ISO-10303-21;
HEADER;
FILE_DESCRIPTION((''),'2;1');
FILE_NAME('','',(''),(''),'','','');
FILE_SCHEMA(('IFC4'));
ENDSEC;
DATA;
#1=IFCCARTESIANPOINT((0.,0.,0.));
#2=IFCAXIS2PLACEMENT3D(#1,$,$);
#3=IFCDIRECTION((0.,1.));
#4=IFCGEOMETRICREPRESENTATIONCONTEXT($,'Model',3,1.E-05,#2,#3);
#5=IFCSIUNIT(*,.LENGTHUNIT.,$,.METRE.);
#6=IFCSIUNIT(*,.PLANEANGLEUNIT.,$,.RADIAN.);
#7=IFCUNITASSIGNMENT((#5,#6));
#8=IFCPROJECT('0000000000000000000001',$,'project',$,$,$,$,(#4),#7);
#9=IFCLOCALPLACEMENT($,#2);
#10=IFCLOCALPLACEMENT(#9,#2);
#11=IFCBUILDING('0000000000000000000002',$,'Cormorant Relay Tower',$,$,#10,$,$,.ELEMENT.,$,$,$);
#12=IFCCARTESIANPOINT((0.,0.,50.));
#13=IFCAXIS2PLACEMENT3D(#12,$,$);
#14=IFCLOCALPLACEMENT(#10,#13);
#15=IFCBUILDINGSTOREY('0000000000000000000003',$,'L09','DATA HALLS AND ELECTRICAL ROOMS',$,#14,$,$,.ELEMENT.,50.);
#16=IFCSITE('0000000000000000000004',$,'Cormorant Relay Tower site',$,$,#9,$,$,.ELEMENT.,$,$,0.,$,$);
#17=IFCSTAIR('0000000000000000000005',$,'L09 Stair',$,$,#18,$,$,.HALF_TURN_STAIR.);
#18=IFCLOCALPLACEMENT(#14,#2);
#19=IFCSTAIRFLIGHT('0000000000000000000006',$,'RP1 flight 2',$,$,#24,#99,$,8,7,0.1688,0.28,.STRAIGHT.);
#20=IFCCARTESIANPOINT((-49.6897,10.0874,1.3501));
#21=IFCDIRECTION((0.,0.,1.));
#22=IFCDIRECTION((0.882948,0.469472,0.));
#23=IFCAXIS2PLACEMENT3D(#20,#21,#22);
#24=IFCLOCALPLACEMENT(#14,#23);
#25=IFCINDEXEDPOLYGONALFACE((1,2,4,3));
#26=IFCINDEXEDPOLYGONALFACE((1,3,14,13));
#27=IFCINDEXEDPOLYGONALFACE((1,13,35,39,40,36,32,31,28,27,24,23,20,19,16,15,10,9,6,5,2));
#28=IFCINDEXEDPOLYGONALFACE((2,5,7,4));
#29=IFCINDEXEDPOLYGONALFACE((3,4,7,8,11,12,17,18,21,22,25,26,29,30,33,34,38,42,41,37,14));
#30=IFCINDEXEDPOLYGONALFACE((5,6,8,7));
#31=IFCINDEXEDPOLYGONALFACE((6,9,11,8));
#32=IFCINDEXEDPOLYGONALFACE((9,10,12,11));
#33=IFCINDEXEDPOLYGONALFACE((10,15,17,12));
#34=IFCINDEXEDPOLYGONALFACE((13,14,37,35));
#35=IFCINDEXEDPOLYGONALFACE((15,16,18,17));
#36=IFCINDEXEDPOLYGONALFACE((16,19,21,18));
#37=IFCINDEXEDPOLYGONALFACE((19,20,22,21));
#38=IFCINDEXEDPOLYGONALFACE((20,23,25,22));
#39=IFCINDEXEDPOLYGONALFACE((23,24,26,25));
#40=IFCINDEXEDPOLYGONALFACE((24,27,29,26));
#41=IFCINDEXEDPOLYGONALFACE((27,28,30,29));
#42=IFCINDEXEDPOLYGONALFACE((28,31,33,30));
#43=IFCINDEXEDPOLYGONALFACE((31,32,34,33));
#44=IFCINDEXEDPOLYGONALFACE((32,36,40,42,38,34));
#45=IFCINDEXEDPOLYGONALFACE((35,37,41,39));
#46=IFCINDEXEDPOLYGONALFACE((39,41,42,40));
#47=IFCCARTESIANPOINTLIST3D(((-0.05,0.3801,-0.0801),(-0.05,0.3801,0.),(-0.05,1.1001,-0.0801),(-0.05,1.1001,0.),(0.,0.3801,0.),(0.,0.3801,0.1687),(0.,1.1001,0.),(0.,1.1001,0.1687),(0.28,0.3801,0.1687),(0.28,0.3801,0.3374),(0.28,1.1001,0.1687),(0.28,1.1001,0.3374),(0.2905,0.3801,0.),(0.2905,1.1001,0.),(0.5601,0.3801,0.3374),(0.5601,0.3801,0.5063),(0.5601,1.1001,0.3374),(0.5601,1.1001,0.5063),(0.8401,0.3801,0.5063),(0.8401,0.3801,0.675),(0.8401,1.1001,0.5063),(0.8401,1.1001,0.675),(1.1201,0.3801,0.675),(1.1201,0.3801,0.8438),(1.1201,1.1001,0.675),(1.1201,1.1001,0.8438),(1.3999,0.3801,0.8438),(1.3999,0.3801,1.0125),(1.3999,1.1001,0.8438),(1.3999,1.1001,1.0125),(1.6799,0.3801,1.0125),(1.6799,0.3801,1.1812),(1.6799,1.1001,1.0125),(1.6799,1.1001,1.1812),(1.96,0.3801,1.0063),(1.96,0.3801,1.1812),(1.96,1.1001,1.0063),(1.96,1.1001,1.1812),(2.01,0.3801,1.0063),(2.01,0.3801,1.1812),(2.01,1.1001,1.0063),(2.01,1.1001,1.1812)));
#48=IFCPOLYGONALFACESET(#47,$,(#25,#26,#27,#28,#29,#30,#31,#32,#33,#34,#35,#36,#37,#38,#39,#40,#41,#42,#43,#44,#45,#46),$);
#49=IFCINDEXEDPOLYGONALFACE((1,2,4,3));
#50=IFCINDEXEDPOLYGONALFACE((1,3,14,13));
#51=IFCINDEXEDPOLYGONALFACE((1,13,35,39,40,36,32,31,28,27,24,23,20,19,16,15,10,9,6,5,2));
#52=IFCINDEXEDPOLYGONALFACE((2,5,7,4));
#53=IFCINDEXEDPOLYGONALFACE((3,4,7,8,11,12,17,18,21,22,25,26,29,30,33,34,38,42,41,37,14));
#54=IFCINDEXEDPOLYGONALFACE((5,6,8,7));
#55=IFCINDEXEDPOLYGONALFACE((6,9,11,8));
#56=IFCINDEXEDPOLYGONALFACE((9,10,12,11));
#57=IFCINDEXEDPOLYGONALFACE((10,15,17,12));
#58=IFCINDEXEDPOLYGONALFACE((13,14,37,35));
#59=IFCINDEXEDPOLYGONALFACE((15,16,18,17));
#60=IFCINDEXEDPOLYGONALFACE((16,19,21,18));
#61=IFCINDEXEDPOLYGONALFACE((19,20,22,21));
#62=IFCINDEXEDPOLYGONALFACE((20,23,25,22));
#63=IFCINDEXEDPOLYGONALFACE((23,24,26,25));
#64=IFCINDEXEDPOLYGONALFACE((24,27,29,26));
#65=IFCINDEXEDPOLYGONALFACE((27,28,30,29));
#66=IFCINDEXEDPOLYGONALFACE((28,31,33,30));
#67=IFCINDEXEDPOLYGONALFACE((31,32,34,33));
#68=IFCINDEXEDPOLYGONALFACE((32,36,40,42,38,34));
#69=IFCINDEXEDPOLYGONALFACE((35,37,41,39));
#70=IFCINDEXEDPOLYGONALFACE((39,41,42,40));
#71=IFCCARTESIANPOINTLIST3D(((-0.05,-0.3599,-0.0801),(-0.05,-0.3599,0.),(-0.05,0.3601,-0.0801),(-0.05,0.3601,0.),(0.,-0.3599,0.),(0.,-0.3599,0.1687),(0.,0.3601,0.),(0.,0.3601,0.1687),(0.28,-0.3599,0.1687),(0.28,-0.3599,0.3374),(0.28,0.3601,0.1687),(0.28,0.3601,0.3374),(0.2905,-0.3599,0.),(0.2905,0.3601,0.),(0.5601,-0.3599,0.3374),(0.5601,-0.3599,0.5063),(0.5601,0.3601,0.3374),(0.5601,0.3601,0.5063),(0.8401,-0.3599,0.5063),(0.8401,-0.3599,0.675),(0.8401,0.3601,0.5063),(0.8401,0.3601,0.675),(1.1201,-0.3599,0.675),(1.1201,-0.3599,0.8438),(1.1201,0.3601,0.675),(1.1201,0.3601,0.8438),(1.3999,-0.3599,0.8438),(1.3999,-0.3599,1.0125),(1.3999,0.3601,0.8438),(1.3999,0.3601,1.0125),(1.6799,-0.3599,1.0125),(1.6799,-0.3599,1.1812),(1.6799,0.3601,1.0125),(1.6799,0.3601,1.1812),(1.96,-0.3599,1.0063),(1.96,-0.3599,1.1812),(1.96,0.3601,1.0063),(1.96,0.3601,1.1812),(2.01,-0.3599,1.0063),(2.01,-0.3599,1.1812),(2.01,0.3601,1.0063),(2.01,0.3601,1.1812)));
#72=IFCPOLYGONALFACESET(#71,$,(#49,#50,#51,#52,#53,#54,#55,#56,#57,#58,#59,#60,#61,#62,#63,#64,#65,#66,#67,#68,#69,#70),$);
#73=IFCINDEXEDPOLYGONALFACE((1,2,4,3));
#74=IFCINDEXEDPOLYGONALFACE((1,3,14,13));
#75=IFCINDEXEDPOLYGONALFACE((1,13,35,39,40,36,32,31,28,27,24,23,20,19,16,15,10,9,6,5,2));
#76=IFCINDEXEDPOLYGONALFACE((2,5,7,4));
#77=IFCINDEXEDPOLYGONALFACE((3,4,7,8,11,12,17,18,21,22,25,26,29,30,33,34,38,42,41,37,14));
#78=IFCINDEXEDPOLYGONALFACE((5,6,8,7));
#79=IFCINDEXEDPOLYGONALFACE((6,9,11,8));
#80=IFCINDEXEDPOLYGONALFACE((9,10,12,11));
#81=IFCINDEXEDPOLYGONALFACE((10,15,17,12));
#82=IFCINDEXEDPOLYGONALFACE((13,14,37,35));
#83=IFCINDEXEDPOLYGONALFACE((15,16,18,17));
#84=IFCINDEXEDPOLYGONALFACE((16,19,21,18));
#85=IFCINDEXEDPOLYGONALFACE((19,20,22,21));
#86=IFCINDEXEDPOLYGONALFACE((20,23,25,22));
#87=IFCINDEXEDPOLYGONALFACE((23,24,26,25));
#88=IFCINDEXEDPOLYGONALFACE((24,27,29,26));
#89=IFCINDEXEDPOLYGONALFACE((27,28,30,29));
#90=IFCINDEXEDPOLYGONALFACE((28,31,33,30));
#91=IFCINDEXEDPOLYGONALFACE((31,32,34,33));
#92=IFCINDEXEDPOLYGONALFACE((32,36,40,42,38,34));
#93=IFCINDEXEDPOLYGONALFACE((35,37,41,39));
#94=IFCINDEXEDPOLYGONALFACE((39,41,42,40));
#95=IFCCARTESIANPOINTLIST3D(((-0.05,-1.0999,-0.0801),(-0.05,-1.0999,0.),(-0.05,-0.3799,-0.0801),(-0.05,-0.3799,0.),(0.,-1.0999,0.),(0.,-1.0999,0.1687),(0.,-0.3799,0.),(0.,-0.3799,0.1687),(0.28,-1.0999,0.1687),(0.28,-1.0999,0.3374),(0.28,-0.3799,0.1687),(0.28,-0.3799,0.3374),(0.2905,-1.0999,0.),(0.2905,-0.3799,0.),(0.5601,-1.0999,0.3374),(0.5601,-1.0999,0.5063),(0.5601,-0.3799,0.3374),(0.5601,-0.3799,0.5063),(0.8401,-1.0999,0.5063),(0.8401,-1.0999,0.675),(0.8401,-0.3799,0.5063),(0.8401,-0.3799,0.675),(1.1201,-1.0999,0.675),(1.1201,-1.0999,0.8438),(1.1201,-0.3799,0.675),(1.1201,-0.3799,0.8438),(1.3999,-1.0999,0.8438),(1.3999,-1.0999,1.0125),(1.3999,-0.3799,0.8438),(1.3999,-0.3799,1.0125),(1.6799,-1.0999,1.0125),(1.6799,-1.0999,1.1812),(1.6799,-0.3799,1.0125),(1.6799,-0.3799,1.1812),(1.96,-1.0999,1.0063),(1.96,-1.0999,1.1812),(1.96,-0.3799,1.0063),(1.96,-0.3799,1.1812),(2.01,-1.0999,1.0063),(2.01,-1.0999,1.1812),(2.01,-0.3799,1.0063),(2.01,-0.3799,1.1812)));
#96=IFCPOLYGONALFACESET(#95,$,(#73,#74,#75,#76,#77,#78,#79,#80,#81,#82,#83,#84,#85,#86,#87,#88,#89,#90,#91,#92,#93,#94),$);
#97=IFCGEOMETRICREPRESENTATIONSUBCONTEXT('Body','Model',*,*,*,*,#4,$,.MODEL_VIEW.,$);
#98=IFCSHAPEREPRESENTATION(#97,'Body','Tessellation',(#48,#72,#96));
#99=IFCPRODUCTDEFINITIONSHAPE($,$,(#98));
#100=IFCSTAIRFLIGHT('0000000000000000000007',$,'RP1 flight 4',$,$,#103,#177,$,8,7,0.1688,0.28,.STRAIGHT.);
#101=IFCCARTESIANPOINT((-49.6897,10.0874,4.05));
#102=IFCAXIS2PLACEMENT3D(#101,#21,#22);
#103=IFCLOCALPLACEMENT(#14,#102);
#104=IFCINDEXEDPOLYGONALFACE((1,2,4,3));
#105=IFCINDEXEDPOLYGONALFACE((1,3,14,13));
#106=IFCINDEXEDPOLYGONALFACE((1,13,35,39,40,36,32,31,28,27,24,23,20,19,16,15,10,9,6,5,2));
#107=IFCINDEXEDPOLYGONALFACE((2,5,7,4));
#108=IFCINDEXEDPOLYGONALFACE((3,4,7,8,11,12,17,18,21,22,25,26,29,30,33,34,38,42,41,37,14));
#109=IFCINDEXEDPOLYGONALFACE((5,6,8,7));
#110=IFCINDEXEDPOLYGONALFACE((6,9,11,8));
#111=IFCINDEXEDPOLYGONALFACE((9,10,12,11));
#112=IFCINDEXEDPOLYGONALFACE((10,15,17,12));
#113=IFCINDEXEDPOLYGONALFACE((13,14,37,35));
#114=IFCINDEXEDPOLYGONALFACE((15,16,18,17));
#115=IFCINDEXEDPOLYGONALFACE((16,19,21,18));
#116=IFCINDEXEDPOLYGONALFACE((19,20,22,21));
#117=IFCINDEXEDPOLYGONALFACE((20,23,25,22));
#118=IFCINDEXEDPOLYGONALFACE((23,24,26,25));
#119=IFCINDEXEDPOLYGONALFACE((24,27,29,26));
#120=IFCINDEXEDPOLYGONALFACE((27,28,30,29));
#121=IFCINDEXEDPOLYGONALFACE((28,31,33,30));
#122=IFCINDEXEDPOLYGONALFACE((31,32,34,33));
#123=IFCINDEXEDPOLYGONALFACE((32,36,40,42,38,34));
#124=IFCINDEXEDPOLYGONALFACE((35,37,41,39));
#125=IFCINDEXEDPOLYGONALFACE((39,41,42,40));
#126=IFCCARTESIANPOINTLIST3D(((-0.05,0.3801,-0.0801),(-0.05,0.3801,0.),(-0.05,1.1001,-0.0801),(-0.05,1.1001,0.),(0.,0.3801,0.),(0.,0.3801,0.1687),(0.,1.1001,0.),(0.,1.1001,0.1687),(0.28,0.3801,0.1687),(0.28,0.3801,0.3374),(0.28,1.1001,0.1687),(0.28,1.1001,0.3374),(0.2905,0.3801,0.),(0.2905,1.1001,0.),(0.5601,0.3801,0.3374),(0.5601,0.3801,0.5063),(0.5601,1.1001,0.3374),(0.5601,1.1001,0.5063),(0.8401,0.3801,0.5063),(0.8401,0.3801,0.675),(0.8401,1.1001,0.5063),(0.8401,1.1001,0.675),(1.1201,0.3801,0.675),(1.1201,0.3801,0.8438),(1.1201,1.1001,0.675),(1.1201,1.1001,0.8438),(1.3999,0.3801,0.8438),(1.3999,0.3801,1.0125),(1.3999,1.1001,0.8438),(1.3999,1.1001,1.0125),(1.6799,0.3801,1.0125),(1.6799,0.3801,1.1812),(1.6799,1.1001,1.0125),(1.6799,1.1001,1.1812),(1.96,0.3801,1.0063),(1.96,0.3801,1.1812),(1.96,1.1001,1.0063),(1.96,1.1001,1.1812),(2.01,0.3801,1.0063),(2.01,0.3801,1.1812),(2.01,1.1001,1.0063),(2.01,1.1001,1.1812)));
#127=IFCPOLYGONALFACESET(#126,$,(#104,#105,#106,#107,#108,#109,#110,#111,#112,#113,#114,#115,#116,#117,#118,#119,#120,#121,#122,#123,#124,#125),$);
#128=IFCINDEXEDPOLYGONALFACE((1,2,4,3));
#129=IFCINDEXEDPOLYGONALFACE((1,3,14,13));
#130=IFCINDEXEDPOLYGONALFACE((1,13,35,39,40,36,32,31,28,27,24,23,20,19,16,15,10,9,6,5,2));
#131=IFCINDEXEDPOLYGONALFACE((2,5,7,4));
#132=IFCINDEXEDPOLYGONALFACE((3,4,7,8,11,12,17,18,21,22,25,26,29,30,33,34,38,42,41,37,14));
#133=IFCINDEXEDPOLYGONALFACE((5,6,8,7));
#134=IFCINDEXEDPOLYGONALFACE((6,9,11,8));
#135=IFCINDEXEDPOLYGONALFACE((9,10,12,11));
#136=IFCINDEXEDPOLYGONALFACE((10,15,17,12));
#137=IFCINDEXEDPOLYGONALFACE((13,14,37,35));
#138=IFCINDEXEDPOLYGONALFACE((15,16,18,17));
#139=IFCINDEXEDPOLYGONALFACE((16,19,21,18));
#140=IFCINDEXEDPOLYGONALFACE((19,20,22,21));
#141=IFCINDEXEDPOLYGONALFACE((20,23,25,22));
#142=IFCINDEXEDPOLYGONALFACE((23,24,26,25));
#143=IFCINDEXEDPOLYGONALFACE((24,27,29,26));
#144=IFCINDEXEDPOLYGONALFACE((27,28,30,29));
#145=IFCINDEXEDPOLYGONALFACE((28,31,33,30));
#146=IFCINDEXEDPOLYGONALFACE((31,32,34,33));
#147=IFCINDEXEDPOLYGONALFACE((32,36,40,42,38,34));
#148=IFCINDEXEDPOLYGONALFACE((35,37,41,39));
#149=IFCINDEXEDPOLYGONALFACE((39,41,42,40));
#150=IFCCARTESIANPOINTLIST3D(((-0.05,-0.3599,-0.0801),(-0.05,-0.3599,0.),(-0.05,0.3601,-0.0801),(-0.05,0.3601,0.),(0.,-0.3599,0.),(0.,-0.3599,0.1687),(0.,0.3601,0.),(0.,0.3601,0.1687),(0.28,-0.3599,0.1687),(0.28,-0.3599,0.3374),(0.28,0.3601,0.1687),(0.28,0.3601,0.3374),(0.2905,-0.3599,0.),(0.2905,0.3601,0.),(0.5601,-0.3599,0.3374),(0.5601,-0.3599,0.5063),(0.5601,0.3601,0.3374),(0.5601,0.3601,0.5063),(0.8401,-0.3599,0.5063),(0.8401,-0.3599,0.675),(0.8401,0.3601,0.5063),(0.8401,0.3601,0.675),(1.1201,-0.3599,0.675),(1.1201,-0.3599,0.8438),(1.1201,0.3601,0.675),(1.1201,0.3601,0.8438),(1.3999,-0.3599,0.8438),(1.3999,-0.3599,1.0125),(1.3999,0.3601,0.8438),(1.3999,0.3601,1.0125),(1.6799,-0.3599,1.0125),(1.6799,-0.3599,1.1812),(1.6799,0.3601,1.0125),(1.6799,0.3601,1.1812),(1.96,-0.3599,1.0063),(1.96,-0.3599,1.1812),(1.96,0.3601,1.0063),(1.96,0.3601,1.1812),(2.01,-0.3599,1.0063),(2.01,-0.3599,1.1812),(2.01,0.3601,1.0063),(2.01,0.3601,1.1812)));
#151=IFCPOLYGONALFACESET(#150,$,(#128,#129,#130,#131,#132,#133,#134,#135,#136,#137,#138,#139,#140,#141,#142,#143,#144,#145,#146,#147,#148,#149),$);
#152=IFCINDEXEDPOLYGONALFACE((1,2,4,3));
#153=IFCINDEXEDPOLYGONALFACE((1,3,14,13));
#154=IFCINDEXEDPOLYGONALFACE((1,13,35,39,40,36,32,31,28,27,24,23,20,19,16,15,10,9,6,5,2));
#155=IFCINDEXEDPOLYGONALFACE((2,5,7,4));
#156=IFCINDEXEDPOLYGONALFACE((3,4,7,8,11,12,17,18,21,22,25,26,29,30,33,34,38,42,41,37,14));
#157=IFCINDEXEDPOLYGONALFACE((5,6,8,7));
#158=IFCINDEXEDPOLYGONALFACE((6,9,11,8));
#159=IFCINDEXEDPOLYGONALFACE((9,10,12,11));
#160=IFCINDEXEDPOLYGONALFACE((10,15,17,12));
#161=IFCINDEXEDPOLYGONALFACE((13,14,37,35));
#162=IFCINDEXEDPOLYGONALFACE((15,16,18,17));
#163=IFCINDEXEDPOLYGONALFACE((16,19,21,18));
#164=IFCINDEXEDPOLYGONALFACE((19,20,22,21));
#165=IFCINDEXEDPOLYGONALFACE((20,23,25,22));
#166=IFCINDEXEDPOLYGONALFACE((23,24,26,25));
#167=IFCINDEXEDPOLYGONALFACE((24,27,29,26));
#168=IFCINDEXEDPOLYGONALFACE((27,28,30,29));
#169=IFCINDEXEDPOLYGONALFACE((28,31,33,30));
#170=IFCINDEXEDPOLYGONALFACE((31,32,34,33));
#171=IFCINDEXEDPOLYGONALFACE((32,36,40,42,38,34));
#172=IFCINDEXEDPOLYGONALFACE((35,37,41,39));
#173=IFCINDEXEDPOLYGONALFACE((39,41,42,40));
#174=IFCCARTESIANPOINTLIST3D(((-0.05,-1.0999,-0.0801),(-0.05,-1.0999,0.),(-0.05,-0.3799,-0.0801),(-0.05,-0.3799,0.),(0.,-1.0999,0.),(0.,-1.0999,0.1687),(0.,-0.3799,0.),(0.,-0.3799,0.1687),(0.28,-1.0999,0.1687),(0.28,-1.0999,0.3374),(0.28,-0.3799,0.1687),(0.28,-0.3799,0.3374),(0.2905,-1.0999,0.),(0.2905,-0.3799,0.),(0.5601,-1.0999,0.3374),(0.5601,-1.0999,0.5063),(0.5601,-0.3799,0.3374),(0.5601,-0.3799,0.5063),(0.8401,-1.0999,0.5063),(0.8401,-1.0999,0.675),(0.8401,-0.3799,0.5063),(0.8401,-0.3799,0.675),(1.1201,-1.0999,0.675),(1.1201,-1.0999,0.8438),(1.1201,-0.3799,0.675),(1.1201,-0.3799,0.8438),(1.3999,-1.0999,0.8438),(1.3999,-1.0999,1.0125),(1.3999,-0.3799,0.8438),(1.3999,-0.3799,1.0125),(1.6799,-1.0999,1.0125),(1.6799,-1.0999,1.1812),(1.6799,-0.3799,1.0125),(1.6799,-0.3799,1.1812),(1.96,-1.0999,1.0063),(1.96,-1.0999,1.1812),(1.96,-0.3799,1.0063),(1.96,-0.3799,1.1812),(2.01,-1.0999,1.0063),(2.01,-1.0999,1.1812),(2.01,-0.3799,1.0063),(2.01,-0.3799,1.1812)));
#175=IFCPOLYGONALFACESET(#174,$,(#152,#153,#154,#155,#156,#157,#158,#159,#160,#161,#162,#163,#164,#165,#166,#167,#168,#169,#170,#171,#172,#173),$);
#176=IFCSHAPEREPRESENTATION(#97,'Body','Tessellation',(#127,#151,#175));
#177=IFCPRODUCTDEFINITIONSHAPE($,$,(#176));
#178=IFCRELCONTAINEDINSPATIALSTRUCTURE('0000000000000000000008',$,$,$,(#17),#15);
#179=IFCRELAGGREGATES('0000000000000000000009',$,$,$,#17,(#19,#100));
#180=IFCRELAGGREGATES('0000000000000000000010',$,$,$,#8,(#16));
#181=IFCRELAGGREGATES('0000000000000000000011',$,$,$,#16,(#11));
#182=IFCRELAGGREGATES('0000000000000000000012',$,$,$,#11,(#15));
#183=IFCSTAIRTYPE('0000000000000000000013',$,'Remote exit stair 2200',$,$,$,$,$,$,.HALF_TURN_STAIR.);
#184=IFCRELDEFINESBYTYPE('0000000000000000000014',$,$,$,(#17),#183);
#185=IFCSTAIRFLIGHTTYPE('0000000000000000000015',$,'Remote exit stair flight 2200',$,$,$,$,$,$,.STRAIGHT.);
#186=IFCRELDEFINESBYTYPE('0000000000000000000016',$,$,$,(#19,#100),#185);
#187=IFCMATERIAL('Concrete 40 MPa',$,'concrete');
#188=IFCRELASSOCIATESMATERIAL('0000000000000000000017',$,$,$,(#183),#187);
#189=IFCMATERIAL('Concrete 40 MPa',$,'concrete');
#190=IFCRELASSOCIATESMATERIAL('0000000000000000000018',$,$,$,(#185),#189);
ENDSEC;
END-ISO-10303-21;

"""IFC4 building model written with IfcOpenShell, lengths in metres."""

from ifc_helpers import new_model, si_unit, direction, frame, origin, place, context, subcontext, project, spatial, polyline, outline, extrude, material, type_object, element, aggregate, save


model = new_model("IFC4")

# Units and contexts
model_context = context("Model", 3, precision=1e-05, world=origin(), true_north=direction((0.0, 1.0)))
body_context = subcontext(model_context, "Body", "Model", "MODEL_VIEW")
ifc_project = project(units=[si_unit("LENGTHUNIT", "METRE"), si_unit("PLANEANGLEUNIT", "RADIAN")], contexts=[model_context])

# Site, building, storey
site_placement = place(None, origin())
site = spatial("IfcSite", under=ifc_project, at=site_placement, Name="Cormorant Relay Tower site", CompositionType="ELEMENT", RefElevation=0.0)
building_placement = place(site_placement, origin())
building = spatial("IfcBuilding", under=site, at=building_placement, Name="Cormorant Relay Tower", CompositionType="ELEMENT")
storey_placement = place(building_placement, frame((0.0, 0.0, 50.0)))
storey = spatial("IfcBuildingStorey", under=building, at=storey_placement, Name="L09", Description="DATA HALLS AND ELECTRICAL ROOMS", CompositionType="ELEMENT", Elevation=50.0)

# Stair, stair flights
ifc_material_1 = material(Name="Concrete 40 MPa", Category="concrete")
stair_type = type_object("IfcStairType", Name="Remote exit stair 2200", PredefinedType="HALF_TURN_STAIR", material=ifc_material_1)
stair_placement = place(storey_placement, origin())
stair = element("IfcStair", 1, at=stair_placement, inside=storey, type_object=stair_type, Name="L09 Stair", PredefinedType="HALF_TURN_STAIR")
ifc_material_2 = material(Name="Concrete 40 MPa", Category="concrete")
stair_flight_type = type_object("IfcStairFlightType", Name="Remote exit stair flight 2200", PredefinedType="STRAIGHT", material=ifc_material_2)
stair_flight_1_placement = place(storey_placement, frame((-49.6897, 10.0874, 1.3501), z_axis=(0.0, 0.0, 1.0), x_axis=(0.882948, 0.469472, 0.0)))
stair_flight_1 = element("IfcStairFlight", 2, at=stair_flight_1_placement, type_object=stair_flight_type, Name="RP1 flight 2", NumberOfRisers=8, NumberOfTreads=7, PredefinedType="STRAIGHT", RiserHeight=0.1688, TreadLength=0.28, context=body_context, shape_type="SweptSolid", body=[
    extrude(outline(polyline([(-0.05, -0.0801), (-0.05, 0.0), (0.0, 0.0), (0.0, 0.1687), (0.28, 0.1687), (0.28, 0.3374), (0.5601, 0.3374), (0.5601, 0.5063), (0.8401, 0.5063), (0.8401, 0.675), (1.1201, 0.675), (1.1201, 0.8438), (1.3999, 0.8438), (1.3999, 1.0125), (1.6799, 1.0125), (1.6799, 1.1812), (1.96, 1.1812), (2.01, 1.1812), (2.01, 1.0063), (1.96, 1.0063), (0.2905, 0.0), (-0.05, -0.0801)])), frame((0.0, 1.1001, 0.0), z_axis=(0.0, -1.0, 0.0), x_axis=(1.0, 0.0, 0.0)), (0.0, 0.0, 1.0), 0.72),
    extrude(outline(polyline([(-0.05, -0.0801), (-0.05, 0.0), (0.0, 0.0), (0.0, 0.1687), (0.28, 0.1687), (0.28, 0.3374), (0.5601, 0.3374), (0.5601, 0.5063), (0.8401, 0.5063), (0.8401, 0.675), (1.1201, 0.675), (1.1201, 0.8438), (1.3999, 0.8438), (1.3999, 1.0125), (1.6799, 1.0125), (1.6799, 1.1812), (1.96, 1.1812), (2.01, 1.1812), (2.01, 1.0063), (1.96, 1.0063), (0.2905, 0.0), (-0.05, -0.0801)])), frame((0.0, 0.3601, 0.0), z_axis=(0.0, -1.0, 0.0), x_axis=(1.0, 0.0, 0.0)), (0.0, 0.0, 1.0), 0.72),
    extrude(outline(polyline([(-0.05, -0.0801), (-0.05, 0.0), (0.0, 0.0), (0.0, 0.1687), (0.28, 0.1687), (0.28, 0.3374), (0.5601, 0.3374), (0.5601, 0.5063), (0.8401, 0.5063), (0.8401, 0.675), (1.1201, 0.675), (1.1201, 0.8438), (1.3999, 0.8438), (1.3999, 1.0125), (1.6799, 1.0125), (1.6799, 1.1812), (1.96, 1.1812), (2.01, 1.1812), (2.01, 1.0063), (1.96, 1.0063), (0.2905, 0.0), (-0.05, -0.0801)])), frame((0.0, -0.3799, 0.0), z_axis=(0.0, -1.0, 0.0), x_axis=(1.0, 0.0, 0.0)), (0.0, 0.0, 1.0), 0.72),
])
stair_flight_2_placement = place(storey_placement, frame((-49.6897, 10.0874, 4.05), z_axis=(0.0, 0.0, 1.0), x_axis=(0.882948, 0.469472, 0.0)))
stair_flight_2 = element("IfcStairFlight", 3, at=stair_flight_2_placement, type_object=stair_flight_type, Name="RP1 flight 4", NumberOfRisers=8, NumberOfTreads=7, PredefinedType="STRAIGHT", RiserHeight=0.1688, TreadLength=0.28, context=body_context, shape_type="SweptSolid", body=[
    extrude(outline(polyline([(-0.05, -0.0801), (-0.05, 0.0), (0.0, 0.0), (0.0, 0.1687), (0.28, 0.1687), (0.28, 0.3374), (0.5601, 0.3374), (0.5601, 0.5063), (0.8401, 0.5063), (0.8401, 0.675), (1.1201, 0.675), (1.1201, 0.8438), (1.3999, 0.8438), (1.3999, 1.0125), (1.6799, 1.0125), (1.6799, 1.1812), (1.96, 1.1812), (2.01, 1.1812), (2.01, 1.0063), (1.96, 1.0063), (0.2905, 0.0), (-0.05, -0.0801)])), frame((0.0, 1.1001, 0.0), z_axis=(0.0, -1.0, 0.0), x_axis=(1.0, 0.0, 0.0)), (0.0, 0.0, 1.0), 0.72),
    extrude(outline(polyline([(-0.05, -0.0801), (-0.05, 0.0), (0.0, 0.0), (0.0, 0.1687), (0.28, 0.1687), (0.28, 0.3374), (0.5601, 0.3374), (0.5601, 0.5063), (0.8401, 0.5063), (0.8401, 0.675), (1.1201, 0.675), (1.1201, 0.8438), (1.3999, 0.8438), (1.3999, 1.0125), (1.6799, 1.0125), (1.6799, 1.1812), (1.96, 1.1812), (2.01, 1.1812), (2.01, 1.0063), (1.96, 1.0063), (0.2905, 0.0), (-0.05, -0.0801)])), frame((0.0, 0.3601, 0.0), z_axis=(0.0, -1.0, 0.0), x_axis=(1.0, 0.0, 0.0)), (0.0, 0.0, 1.0), 0.72),
    extrude(outline(polyline([(-0.05, -0.0801), (-0.05, 0.0), (0.0, 0.0), (0.0, 0.1687), (0.28, 0.1687), (0.28, 0.3374), (0.5601, 0.3374), (0.5601, 0.5063), (0.8401, 0.5063), (0.8401, 0.675), (1.1201, 0.675), (1.1201, 0.8438), (1.3999, 0.8438), (1.3999, 1.0125), (1.6799, 1.0125), (1.6799, 1.1812), (1.96, 1.1812), (2.01, 1.1812), (2.01, 1.0063), (1.96, 1.0063), (0.2905, 0.0), (-0.05, -0.0801)])), frame((0.0, -0.3799, 0.0), z_axis=(0.0, -1.0, 0.0), x_axis=(1.0, 0.0, 0.0)), (0.0, 0.0, 1.0), 0.72),
])
aggregate(stair, [stair_flight_1, stair_flight_2])

save(model, "model.ifc")
